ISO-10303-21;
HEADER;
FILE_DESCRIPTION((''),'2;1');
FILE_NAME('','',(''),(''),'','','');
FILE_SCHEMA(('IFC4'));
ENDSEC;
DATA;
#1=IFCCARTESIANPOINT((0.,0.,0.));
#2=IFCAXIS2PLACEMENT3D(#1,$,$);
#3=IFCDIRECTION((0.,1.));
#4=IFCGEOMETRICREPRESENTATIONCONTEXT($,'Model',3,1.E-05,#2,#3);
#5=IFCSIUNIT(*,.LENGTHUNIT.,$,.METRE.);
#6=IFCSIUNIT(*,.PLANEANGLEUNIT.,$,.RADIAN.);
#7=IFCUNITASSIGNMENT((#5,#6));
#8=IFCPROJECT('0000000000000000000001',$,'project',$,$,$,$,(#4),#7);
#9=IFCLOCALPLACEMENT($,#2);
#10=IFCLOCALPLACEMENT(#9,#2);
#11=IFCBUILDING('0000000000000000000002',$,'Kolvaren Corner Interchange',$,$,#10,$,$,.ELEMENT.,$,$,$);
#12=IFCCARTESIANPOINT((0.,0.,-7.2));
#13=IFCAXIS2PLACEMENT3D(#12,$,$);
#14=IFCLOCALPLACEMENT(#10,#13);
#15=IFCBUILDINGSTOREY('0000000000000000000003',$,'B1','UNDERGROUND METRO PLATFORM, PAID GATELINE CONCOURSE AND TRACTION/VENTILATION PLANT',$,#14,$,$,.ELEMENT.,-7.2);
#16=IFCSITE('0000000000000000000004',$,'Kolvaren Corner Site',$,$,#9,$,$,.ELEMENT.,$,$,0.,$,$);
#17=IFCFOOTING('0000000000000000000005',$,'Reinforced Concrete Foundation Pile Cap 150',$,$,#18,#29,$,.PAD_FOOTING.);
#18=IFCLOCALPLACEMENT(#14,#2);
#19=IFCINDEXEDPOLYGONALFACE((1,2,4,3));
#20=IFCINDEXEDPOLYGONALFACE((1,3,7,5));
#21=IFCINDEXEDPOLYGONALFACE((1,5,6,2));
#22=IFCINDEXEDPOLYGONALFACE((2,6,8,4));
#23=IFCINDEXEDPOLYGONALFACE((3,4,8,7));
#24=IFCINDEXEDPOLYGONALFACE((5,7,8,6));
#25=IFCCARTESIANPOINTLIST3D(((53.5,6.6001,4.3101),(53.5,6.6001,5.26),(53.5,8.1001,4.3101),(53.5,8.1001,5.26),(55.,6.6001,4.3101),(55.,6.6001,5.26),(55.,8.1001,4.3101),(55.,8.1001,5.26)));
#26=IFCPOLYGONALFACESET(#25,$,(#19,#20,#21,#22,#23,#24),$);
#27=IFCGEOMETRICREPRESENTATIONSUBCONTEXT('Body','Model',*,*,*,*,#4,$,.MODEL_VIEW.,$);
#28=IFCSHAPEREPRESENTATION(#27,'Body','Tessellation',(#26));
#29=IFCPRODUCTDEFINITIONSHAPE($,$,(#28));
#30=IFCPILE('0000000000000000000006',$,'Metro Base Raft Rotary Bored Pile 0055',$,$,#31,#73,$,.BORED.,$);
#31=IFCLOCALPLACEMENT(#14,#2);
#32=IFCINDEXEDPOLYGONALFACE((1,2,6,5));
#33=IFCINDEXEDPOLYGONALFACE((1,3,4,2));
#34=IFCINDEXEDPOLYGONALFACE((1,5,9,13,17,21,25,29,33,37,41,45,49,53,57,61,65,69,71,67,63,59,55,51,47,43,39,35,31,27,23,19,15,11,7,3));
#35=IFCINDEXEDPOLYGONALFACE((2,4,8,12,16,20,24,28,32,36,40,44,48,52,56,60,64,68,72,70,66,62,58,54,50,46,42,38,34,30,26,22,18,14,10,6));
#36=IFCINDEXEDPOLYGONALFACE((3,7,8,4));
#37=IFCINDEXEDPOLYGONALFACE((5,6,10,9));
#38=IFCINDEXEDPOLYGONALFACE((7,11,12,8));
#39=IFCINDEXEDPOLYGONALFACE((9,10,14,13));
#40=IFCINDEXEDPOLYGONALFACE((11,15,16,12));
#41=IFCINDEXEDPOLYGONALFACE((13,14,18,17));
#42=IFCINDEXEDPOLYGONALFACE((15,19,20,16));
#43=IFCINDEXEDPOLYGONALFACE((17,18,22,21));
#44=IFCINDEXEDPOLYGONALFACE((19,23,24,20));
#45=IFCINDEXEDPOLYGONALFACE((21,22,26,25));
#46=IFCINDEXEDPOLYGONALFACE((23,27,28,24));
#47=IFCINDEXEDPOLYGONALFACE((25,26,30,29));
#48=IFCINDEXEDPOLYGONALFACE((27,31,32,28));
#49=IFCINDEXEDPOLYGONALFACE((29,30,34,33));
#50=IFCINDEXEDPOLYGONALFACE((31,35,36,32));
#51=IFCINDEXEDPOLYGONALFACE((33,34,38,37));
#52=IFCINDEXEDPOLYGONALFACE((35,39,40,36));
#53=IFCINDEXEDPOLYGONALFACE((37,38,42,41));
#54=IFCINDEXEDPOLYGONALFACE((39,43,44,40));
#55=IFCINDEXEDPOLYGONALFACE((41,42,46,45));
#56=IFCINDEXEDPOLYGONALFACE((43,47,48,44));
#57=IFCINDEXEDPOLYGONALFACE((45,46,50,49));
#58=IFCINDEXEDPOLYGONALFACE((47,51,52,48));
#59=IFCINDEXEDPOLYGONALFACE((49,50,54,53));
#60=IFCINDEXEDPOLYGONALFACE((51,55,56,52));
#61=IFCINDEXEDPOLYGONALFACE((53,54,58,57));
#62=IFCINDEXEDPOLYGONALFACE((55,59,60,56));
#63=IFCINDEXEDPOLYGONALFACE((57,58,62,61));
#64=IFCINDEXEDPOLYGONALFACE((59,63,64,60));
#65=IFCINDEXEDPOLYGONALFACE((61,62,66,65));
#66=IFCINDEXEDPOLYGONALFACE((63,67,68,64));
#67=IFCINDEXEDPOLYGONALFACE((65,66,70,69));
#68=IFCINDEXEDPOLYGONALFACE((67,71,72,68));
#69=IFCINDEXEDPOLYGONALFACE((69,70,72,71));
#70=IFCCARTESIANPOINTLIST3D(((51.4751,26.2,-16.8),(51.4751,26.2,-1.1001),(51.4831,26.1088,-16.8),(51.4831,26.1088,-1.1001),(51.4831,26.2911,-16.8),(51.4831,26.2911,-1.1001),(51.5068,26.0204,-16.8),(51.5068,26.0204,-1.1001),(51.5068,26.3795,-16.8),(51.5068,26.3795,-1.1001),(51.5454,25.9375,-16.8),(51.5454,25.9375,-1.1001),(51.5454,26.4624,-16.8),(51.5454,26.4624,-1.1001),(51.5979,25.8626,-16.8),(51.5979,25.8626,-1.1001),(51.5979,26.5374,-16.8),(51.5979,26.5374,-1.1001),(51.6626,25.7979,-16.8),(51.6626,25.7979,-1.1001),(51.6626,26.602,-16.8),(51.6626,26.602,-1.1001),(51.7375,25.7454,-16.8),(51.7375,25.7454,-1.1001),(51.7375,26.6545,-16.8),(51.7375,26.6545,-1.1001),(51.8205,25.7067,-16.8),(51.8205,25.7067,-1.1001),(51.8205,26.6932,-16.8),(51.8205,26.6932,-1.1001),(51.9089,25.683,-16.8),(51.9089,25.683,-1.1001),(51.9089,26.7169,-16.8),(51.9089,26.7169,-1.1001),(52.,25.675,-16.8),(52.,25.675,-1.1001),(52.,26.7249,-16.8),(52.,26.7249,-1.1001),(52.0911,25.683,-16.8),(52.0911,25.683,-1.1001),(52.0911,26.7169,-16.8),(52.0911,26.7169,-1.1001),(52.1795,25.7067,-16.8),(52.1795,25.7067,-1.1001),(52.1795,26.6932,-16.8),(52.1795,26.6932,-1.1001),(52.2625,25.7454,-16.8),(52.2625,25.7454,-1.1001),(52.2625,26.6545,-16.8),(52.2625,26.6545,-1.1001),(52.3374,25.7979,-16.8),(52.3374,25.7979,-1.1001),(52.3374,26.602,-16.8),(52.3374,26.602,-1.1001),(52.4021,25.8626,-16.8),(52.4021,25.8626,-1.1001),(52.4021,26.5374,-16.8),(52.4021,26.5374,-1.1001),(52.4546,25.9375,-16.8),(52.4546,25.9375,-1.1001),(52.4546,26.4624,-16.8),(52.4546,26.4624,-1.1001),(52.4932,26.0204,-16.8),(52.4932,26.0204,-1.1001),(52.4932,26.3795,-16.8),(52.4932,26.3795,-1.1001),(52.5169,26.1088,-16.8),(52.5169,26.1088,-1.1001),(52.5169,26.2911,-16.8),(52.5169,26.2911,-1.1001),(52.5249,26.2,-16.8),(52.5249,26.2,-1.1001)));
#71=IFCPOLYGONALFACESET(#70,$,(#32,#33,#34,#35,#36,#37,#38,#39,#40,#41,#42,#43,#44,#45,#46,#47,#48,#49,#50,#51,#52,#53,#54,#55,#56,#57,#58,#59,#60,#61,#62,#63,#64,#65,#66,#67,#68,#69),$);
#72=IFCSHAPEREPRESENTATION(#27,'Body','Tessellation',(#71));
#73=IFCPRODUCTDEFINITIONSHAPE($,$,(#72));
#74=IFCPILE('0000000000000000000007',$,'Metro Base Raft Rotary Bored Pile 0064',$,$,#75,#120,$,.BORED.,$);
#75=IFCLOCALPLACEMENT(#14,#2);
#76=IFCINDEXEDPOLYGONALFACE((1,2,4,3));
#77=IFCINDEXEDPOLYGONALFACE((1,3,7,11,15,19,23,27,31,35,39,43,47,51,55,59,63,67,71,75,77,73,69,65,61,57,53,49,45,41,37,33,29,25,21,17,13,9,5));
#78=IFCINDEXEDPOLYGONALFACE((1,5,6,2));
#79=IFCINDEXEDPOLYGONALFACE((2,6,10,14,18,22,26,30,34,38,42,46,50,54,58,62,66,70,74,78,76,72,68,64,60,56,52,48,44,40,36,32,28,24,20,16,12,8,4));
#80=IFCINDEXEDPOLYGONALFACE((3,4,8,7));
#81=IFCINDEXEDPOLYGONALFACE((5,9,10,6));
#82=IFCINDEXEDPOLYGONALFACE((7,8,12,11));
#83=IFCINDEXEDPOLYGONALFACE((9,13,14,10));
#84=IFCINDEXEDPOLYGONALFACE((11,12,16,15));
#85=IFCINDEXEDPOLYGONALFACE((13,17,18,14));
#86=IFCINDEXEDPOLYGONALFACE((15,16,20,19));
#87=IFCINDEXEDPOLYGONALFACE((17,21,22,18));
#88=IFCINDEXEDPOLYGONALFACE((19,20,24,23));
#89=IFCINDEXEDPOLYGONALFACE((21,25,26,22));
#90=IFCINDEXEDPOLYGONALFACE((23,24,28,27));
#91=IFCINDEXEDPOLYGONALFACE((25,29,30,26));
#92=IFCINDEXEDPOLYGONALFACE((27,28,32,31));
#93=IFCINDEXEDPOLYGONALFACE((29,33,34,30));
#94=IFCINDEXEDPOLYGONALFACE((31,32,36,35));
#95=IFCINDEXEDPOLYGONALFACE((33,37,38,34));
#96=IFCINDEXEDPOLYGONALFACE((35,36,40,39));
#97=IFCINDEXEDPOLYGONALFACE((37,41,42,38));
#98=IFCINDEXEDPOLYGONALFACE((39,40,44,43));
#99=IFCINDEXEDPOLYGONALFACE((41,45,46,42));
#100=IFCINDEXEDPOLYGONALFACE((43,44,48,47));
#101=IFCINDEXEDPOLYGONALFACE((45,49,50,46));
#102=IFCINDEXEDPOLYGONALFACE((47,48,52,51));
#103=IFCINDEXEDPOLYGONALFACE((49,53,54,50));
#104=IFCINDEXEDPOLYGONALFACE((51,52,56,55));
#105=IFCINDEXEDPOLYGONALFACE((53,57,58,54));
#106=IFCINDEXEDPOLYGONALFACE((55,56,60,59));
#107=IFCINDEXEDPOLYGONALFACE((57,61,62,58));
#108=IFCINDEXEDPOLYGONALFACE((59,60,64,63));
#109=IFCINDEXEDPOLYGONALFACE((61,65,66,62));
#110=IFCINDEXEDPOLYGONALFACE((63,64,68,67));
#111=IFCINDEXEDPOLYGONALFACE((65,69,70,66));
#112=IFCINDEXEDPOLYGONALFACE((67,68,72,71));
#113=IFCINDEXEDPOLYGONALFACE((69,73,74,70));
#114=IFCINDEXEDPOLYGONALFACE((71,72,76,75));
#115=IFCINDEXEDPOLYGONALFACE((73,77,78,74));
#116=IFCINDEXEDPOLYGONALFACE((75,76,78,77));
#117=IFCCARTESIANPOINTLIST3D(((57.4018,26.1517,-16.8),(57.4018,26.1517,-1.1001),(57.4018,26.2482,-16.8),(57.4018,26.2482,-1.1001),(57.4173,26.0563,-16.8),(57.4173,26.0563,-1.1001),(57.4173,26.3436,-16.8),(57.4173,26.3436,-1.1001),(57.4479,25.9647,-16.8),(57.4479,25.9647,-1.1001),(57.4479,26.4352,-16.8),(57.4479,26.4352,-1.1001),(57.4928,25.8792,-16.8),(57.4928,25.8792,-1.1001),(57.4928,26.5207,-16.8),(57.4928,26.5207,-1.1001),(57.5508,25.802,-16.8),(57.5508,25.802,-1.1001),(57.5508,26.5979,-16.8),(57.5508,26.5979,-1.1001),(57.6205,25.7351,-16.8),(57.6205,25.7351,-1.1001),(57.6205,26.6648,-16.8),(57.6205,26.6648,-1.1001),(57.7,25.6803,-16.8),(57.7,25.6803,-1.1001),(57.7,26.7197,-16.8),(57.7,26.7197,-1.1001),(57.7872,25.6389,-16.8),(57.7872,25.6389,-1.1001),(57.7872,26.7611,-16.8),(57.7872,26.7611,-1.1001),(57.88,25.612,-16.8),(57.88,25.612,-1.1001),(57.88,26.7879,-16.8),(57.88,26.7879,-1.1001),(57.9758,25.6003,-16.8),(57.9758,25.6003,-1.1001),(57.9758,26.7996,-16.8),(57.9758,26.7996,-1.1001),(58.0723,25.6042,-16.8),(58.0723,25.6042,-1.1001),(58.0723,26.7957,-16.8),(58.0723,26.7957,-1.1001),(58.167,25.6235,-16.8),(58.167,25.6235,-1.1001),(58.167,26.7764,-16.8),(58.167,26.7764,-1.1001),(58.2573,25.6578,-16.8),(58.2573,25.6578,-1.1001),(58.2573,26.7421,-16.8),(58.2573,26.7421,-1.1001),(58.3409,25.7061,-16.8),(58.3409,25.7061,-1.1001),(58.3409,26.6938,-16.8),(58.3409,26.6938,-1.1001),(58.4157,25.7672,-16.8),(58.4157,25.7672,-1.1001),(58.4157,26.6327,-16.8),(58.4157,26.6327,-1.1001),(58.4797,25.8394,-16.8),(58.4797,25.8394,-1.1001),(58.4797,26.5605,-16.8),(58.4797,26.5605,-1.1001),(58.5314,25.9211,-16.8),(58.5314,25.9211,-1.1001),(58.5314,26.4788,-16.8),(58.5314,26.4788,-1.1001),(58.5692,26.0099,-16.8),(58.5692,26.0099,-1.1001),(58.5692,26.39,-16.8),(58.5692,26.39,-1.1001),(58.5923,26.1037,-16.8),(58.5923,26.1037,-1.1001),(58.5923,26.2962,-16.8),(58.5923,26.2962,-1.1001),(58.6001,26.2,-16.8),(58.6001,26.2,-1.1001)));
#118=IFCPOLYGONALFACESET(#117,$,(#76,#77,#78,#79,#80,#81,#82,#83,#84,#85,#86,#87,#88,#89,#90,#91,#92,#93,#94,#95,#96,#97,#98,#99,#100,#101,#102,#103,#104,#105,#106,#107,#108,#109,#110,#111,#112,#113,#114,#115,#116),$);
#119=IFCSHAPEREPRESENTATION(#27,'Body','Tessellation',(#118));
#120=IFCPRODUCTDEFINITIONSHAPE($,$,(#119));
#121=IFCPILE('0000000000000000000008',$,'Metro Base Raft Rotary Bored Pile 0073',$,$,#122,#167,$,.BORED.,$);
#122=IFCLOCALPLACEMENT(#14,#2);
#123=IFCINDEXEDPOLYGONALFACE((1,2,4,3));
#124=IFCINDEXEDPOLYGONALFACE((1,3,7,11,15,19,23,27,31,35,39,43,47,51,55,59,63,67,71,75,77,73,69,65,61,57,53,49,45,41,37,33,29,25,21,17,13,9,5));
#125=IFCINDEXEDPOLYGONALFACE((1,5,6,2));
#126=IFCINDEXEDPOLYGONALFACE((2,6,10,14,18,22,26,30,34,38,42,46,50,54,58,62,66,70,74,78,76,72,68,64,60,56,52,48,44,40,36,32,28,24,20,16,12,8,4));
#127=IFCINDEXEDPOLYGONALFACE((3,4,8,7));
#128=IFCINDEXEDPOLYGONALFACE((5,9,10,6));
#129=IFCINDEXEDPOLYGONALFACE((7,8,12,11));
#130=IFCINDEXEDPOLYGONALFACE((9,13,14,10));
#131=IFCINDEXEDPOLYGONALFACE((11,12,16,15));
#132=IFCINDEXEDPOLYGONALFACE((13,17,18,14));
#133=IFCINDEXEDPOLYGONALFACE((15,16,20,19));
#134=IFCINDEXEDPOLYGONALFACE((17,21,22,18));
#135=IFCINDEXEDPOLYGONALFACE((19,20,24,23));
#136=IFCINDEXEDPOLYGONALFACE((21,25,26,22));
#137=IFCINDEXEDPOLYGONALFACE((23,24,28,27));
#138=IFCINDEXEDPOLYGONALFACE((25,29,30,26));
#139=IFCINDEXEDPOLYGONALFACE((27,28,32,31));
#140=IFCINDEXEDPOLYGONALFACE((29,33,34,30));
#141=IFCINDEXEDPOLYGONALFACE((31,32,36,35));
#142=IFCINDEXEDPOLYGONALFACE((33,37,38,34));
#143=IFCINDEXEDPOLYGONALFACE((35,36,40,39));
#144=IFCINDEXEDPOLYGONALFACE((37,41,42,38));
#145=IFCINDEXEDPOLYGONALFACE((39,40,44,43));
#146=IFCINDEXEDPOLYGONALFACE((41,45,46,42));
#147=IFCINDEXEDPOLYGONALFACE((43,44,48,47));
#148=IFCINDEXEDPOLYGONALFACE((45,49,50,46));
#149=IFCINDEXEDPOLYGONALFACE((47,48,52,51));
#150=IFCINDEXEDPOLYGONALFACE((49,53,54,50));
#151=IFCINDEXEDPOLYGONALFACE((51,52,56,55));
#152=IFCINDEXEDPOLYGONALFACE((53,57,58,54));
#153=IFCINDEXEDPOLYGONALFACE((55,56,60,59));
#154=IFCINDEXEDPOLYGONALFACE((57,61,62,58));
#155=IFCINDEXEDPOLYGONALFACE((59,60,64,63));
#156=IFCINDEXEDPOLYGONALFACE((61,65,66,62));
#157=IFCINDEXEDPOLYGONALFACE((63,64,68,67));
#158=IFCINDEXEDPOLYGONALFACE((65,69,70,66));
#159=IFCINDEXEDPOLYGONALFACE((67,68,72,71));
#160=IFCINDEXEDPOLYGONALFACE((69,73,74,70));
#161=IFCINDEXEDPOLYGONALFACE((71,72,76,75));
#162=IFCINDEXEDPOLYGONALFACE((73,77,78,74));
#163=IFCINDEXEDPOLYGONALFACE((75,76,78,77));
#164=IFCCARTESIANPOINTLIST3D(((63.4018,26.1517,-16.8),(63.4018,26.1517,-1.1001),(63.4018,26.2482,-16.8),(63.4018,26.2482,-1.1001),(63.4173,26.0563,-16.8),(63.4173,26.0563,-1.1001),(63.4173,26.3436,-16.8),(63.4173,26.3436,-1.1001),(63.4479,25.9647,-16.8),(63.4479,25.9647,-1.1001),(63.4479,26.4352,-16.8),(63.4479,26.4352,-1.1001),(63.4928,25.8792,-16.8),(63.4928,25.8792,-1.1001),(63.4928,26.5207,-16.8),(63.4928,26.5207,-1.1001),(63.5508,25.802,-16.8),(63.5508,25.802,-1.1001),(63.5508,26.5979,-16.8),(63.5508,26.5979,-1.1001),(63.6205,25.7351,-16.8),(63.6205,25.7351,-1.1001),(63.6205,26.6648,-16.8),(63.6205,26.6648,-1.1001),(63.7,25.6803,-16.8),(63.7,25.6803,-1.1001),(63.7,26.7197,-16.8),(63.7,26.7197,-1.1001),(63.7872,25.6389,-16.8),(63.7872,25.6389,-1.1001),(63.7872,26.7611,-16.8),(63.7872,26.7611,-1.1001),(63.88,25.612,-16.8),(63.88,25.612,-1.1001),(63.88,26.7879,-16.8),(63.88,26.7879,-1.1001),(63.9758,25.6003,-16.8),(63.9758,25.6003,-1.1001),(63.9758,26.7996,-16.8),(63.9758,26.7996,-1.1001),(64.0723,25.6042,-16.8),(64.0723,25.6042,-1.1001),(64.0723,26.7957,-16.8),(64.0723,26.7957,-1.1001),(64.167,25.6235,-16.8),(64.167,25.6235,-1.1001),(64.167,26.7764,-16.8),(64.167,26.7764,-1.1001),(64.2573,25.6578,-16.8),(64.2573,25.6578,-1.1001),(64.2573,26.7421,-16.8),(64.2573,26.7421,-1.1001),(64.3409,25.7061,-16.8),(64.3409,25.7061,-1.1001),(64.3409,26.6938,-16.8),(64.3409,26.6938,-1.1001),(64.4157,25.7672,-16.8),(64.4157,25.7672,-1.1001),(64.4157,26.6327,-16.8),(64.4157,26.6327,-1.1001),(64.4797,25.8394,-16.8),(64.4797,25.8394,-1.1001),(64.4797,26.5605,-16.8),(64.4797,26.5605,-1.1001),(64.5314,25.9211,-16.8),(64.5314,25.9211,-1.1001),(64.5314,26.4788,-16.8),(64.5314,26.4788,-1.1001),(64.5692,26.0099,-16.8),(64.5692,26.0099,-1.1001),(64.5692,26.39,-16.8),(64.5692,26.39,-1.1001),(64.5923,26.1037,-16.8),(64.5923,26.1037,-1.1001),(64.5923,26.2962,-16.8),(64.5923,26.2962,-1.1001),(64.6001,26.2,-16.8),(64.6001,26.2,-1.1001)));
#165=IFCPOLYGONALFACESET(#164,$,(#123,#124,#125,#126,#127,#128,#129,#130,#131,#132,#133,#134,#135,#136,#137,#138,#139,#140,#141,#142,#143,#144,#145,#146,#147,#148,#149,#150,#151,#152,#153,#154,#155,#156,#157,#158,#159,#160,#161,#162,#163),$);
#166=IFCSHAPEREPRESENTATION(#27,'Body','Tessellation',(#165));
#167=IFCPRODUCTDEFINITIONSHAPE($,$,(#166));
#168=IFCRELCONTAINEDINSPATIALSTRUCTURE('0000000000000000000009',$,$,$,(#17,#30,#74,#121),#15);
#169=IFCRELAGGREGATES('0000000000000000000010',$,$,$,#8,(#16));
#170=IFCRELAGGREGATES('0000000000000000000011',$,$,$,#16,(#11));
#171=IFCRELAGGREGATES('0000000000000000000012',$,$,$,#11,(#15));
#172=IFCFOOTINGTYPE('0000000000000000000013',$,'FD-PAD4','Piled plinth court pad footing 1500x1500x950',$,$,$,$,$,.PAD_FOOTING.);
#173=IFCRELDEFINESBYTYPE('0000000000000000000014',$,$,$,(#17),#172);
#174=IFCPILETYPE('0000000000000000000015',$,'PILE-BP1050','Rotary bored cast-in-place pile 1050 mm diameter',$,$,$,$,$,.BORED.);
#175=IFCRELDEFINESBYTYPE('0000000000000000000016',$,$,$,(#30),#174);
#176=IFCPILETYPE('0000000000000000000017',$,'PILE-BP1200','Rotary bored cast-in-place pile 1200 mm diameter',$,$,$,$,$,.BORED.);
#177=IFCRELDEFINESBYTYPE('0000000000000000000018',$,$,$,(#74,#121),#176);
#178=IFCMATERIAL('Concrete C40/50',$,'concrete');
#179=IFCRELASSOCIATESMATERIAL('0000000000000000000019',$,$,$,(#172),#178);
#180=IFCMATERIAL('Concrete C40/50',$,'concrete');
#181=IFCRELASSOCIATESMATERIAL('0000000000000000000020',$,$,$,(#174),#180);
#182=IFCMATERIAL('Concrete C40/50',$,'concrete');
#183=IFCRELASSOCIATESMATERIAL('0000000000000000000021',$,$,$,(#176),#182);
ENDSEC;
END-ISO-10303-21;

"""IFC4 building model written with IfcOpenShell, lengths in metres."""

from ifc_helpers import new_model, si_unit, direction, frame, origin, origin_2d, place, context, subcontext, project, spatial, rectangle, circle, extrude, material, material_profile, profile_set, type_object, element, save


model = new_model("IFC4")

# Units and contexts
model_context = context("Model", 3, precision=1e-05, world=origin(), true_north=direction((0.0, 1.0)))
body_context = subcontext(model_context, "Body", "Model", "MODEL_VIEW")
ifc_project = project(units=[si_unit("LENGTHUNIT", "METRE"), si_unit("PLANEANGLEUNIT", "RADIAN")], contexts=[model_context])

# Site, building, storey
site_placement = place(None, origin())
site = spatial("IfcSite", under=ifc_project, at=site_placement, Name="Kolvaren Corner Site", CompositionType="ELEMENT", RefElevation=0.0)
building_placement = place(site_placement, origin())
building = spatial("IfcBuilding", under=site, at=building_placement, Name="Kolvaren Corner Interchange", CompositionType="ELEMENT")
storey_placement = place(building_placement, frame((0.0, 0.0, -7.2)))
storey = spatial("IfcBuildingStorey", under=building, at=storey_placement, Name="B1", Description="UNDERGROUND METRO PLATFORM, PAID GATELINE CONCOURSE AND TRACTION/VENTILATION PLANT", CompositionType="ELEMENT", Elevation=-7.2)

# Footing
ifc_material_1 = material(Name="Concrete C40/50", Category="concrete")
footing_type = type_object("IfcFootingType", Name="FD-PAD4", Description="Piled plinth court pad footing 1500x1500x950", PredefinedType="PAD_FOOTING", material=ifc_material_1)
footing_placement = place(storey_placement, frame((54.25, 7.3501, 4.3101), z_axis=(0.0, 0.0, 1.0), x_axis=(1.0, 0.0, 0.0)))
element("IfcFooting", 1, at=footing_placement, inside=storey, type_object=footing_type, Name="Reinforced Concrete Foundation Pile Cap 150", PredefinedType="PAD_FOOTING", context=body_context, shape_type="SweptSolid", body=[
    extrude(rectangle(XDim=1.5, YDim=1.5, at=origin_2d()), origin(), (0.0, 0.0, 1.0), 0.95),
])

# Piles
ifc_material_2 = material(Name="Concrete C40/50", Category="concrete")
ifc_material_profile_1 = material_profile(ifc_material_2, circle(Radius=0.5249, at=origin_2d()), Name="BORED PILE 1050")
ifc_profile_set_1 = profile_set([ifc_material_profile_1], Name="Concrete C40/50")
pile_type_1 = type_object("IfcPileType", Name="PILE-BP1050", Description="Rotary bored cast-in-place pile 1050 mm diameter", PredefinedType="BORED", material=ifc_profile_set_1)
pile_1_placement = place(storey_placement, frame((52.0, 26.2, -1.1001), z_axis=(0.0, 0.0, -1.0), x_axis=(1.0, 0.0, 0.0)))
element("IfcPile", 2, at=pile_1_placement, inside=storey, type_object=pile_type_1, Name="Metro Base Raft Rotary Bored Pile 0055", PredefinedType="BORED", context=body_context, shape_type="SweptSolid", body=[
    extrude(circle(Radius=0.5249, at=origin_2d()), origin(), (0.0, 0.0, 1.0), 15.7),
])
ifc_material_3 = material(Name="Concrete C40/50", Category="concrete")
ifc_material_profile_2 = material_profile(ifc_material_3, circle(Radius=0.6001, at=origin_2d()), Name="BORED PILE 1200")
ifc_profile_set_2 = profile_set([ifc_material_profile_2], Name="Concrete C40/50")
pile_type_2 = type_object("IfcPileType", Name="PILE-BP1200", Description="Rotary bored cast-in-place pile 1200 mm diameter", PredefinedType="BORED", material=ifc_profile_set_2)
for number, where, z_axis, x_axis, name in (
    (3, (58.0, 26.2, -1.1001), (0.0, 0.0, -1.0), (1.0, 0.0, 0.0), "Metro Base Raft Rotary Bored Pile 0064"),
    (4, (64.0, 26.2, -1.1001), (0.0, 0.0, -1.0), (1.0, 0.0, 0.0), "Metro Base Raft Rotary Bored Pile 0073"),
):
    element("IfcPile", number, at=place(storey_placement, frame(where, z_axis=z_axis, x_axis=x_axis)), inside=storey, type_object=pile_type_2, Name=name, PredefinedType="BORED", context=body_context, shape_type="SweptSolid", body=[
        extrude(circle(Radius=0.6001, at=origin_2d()), origin(), (0.0, 0.0, 1.0), 15.7),
    ])

save(model, "model.ifc")
